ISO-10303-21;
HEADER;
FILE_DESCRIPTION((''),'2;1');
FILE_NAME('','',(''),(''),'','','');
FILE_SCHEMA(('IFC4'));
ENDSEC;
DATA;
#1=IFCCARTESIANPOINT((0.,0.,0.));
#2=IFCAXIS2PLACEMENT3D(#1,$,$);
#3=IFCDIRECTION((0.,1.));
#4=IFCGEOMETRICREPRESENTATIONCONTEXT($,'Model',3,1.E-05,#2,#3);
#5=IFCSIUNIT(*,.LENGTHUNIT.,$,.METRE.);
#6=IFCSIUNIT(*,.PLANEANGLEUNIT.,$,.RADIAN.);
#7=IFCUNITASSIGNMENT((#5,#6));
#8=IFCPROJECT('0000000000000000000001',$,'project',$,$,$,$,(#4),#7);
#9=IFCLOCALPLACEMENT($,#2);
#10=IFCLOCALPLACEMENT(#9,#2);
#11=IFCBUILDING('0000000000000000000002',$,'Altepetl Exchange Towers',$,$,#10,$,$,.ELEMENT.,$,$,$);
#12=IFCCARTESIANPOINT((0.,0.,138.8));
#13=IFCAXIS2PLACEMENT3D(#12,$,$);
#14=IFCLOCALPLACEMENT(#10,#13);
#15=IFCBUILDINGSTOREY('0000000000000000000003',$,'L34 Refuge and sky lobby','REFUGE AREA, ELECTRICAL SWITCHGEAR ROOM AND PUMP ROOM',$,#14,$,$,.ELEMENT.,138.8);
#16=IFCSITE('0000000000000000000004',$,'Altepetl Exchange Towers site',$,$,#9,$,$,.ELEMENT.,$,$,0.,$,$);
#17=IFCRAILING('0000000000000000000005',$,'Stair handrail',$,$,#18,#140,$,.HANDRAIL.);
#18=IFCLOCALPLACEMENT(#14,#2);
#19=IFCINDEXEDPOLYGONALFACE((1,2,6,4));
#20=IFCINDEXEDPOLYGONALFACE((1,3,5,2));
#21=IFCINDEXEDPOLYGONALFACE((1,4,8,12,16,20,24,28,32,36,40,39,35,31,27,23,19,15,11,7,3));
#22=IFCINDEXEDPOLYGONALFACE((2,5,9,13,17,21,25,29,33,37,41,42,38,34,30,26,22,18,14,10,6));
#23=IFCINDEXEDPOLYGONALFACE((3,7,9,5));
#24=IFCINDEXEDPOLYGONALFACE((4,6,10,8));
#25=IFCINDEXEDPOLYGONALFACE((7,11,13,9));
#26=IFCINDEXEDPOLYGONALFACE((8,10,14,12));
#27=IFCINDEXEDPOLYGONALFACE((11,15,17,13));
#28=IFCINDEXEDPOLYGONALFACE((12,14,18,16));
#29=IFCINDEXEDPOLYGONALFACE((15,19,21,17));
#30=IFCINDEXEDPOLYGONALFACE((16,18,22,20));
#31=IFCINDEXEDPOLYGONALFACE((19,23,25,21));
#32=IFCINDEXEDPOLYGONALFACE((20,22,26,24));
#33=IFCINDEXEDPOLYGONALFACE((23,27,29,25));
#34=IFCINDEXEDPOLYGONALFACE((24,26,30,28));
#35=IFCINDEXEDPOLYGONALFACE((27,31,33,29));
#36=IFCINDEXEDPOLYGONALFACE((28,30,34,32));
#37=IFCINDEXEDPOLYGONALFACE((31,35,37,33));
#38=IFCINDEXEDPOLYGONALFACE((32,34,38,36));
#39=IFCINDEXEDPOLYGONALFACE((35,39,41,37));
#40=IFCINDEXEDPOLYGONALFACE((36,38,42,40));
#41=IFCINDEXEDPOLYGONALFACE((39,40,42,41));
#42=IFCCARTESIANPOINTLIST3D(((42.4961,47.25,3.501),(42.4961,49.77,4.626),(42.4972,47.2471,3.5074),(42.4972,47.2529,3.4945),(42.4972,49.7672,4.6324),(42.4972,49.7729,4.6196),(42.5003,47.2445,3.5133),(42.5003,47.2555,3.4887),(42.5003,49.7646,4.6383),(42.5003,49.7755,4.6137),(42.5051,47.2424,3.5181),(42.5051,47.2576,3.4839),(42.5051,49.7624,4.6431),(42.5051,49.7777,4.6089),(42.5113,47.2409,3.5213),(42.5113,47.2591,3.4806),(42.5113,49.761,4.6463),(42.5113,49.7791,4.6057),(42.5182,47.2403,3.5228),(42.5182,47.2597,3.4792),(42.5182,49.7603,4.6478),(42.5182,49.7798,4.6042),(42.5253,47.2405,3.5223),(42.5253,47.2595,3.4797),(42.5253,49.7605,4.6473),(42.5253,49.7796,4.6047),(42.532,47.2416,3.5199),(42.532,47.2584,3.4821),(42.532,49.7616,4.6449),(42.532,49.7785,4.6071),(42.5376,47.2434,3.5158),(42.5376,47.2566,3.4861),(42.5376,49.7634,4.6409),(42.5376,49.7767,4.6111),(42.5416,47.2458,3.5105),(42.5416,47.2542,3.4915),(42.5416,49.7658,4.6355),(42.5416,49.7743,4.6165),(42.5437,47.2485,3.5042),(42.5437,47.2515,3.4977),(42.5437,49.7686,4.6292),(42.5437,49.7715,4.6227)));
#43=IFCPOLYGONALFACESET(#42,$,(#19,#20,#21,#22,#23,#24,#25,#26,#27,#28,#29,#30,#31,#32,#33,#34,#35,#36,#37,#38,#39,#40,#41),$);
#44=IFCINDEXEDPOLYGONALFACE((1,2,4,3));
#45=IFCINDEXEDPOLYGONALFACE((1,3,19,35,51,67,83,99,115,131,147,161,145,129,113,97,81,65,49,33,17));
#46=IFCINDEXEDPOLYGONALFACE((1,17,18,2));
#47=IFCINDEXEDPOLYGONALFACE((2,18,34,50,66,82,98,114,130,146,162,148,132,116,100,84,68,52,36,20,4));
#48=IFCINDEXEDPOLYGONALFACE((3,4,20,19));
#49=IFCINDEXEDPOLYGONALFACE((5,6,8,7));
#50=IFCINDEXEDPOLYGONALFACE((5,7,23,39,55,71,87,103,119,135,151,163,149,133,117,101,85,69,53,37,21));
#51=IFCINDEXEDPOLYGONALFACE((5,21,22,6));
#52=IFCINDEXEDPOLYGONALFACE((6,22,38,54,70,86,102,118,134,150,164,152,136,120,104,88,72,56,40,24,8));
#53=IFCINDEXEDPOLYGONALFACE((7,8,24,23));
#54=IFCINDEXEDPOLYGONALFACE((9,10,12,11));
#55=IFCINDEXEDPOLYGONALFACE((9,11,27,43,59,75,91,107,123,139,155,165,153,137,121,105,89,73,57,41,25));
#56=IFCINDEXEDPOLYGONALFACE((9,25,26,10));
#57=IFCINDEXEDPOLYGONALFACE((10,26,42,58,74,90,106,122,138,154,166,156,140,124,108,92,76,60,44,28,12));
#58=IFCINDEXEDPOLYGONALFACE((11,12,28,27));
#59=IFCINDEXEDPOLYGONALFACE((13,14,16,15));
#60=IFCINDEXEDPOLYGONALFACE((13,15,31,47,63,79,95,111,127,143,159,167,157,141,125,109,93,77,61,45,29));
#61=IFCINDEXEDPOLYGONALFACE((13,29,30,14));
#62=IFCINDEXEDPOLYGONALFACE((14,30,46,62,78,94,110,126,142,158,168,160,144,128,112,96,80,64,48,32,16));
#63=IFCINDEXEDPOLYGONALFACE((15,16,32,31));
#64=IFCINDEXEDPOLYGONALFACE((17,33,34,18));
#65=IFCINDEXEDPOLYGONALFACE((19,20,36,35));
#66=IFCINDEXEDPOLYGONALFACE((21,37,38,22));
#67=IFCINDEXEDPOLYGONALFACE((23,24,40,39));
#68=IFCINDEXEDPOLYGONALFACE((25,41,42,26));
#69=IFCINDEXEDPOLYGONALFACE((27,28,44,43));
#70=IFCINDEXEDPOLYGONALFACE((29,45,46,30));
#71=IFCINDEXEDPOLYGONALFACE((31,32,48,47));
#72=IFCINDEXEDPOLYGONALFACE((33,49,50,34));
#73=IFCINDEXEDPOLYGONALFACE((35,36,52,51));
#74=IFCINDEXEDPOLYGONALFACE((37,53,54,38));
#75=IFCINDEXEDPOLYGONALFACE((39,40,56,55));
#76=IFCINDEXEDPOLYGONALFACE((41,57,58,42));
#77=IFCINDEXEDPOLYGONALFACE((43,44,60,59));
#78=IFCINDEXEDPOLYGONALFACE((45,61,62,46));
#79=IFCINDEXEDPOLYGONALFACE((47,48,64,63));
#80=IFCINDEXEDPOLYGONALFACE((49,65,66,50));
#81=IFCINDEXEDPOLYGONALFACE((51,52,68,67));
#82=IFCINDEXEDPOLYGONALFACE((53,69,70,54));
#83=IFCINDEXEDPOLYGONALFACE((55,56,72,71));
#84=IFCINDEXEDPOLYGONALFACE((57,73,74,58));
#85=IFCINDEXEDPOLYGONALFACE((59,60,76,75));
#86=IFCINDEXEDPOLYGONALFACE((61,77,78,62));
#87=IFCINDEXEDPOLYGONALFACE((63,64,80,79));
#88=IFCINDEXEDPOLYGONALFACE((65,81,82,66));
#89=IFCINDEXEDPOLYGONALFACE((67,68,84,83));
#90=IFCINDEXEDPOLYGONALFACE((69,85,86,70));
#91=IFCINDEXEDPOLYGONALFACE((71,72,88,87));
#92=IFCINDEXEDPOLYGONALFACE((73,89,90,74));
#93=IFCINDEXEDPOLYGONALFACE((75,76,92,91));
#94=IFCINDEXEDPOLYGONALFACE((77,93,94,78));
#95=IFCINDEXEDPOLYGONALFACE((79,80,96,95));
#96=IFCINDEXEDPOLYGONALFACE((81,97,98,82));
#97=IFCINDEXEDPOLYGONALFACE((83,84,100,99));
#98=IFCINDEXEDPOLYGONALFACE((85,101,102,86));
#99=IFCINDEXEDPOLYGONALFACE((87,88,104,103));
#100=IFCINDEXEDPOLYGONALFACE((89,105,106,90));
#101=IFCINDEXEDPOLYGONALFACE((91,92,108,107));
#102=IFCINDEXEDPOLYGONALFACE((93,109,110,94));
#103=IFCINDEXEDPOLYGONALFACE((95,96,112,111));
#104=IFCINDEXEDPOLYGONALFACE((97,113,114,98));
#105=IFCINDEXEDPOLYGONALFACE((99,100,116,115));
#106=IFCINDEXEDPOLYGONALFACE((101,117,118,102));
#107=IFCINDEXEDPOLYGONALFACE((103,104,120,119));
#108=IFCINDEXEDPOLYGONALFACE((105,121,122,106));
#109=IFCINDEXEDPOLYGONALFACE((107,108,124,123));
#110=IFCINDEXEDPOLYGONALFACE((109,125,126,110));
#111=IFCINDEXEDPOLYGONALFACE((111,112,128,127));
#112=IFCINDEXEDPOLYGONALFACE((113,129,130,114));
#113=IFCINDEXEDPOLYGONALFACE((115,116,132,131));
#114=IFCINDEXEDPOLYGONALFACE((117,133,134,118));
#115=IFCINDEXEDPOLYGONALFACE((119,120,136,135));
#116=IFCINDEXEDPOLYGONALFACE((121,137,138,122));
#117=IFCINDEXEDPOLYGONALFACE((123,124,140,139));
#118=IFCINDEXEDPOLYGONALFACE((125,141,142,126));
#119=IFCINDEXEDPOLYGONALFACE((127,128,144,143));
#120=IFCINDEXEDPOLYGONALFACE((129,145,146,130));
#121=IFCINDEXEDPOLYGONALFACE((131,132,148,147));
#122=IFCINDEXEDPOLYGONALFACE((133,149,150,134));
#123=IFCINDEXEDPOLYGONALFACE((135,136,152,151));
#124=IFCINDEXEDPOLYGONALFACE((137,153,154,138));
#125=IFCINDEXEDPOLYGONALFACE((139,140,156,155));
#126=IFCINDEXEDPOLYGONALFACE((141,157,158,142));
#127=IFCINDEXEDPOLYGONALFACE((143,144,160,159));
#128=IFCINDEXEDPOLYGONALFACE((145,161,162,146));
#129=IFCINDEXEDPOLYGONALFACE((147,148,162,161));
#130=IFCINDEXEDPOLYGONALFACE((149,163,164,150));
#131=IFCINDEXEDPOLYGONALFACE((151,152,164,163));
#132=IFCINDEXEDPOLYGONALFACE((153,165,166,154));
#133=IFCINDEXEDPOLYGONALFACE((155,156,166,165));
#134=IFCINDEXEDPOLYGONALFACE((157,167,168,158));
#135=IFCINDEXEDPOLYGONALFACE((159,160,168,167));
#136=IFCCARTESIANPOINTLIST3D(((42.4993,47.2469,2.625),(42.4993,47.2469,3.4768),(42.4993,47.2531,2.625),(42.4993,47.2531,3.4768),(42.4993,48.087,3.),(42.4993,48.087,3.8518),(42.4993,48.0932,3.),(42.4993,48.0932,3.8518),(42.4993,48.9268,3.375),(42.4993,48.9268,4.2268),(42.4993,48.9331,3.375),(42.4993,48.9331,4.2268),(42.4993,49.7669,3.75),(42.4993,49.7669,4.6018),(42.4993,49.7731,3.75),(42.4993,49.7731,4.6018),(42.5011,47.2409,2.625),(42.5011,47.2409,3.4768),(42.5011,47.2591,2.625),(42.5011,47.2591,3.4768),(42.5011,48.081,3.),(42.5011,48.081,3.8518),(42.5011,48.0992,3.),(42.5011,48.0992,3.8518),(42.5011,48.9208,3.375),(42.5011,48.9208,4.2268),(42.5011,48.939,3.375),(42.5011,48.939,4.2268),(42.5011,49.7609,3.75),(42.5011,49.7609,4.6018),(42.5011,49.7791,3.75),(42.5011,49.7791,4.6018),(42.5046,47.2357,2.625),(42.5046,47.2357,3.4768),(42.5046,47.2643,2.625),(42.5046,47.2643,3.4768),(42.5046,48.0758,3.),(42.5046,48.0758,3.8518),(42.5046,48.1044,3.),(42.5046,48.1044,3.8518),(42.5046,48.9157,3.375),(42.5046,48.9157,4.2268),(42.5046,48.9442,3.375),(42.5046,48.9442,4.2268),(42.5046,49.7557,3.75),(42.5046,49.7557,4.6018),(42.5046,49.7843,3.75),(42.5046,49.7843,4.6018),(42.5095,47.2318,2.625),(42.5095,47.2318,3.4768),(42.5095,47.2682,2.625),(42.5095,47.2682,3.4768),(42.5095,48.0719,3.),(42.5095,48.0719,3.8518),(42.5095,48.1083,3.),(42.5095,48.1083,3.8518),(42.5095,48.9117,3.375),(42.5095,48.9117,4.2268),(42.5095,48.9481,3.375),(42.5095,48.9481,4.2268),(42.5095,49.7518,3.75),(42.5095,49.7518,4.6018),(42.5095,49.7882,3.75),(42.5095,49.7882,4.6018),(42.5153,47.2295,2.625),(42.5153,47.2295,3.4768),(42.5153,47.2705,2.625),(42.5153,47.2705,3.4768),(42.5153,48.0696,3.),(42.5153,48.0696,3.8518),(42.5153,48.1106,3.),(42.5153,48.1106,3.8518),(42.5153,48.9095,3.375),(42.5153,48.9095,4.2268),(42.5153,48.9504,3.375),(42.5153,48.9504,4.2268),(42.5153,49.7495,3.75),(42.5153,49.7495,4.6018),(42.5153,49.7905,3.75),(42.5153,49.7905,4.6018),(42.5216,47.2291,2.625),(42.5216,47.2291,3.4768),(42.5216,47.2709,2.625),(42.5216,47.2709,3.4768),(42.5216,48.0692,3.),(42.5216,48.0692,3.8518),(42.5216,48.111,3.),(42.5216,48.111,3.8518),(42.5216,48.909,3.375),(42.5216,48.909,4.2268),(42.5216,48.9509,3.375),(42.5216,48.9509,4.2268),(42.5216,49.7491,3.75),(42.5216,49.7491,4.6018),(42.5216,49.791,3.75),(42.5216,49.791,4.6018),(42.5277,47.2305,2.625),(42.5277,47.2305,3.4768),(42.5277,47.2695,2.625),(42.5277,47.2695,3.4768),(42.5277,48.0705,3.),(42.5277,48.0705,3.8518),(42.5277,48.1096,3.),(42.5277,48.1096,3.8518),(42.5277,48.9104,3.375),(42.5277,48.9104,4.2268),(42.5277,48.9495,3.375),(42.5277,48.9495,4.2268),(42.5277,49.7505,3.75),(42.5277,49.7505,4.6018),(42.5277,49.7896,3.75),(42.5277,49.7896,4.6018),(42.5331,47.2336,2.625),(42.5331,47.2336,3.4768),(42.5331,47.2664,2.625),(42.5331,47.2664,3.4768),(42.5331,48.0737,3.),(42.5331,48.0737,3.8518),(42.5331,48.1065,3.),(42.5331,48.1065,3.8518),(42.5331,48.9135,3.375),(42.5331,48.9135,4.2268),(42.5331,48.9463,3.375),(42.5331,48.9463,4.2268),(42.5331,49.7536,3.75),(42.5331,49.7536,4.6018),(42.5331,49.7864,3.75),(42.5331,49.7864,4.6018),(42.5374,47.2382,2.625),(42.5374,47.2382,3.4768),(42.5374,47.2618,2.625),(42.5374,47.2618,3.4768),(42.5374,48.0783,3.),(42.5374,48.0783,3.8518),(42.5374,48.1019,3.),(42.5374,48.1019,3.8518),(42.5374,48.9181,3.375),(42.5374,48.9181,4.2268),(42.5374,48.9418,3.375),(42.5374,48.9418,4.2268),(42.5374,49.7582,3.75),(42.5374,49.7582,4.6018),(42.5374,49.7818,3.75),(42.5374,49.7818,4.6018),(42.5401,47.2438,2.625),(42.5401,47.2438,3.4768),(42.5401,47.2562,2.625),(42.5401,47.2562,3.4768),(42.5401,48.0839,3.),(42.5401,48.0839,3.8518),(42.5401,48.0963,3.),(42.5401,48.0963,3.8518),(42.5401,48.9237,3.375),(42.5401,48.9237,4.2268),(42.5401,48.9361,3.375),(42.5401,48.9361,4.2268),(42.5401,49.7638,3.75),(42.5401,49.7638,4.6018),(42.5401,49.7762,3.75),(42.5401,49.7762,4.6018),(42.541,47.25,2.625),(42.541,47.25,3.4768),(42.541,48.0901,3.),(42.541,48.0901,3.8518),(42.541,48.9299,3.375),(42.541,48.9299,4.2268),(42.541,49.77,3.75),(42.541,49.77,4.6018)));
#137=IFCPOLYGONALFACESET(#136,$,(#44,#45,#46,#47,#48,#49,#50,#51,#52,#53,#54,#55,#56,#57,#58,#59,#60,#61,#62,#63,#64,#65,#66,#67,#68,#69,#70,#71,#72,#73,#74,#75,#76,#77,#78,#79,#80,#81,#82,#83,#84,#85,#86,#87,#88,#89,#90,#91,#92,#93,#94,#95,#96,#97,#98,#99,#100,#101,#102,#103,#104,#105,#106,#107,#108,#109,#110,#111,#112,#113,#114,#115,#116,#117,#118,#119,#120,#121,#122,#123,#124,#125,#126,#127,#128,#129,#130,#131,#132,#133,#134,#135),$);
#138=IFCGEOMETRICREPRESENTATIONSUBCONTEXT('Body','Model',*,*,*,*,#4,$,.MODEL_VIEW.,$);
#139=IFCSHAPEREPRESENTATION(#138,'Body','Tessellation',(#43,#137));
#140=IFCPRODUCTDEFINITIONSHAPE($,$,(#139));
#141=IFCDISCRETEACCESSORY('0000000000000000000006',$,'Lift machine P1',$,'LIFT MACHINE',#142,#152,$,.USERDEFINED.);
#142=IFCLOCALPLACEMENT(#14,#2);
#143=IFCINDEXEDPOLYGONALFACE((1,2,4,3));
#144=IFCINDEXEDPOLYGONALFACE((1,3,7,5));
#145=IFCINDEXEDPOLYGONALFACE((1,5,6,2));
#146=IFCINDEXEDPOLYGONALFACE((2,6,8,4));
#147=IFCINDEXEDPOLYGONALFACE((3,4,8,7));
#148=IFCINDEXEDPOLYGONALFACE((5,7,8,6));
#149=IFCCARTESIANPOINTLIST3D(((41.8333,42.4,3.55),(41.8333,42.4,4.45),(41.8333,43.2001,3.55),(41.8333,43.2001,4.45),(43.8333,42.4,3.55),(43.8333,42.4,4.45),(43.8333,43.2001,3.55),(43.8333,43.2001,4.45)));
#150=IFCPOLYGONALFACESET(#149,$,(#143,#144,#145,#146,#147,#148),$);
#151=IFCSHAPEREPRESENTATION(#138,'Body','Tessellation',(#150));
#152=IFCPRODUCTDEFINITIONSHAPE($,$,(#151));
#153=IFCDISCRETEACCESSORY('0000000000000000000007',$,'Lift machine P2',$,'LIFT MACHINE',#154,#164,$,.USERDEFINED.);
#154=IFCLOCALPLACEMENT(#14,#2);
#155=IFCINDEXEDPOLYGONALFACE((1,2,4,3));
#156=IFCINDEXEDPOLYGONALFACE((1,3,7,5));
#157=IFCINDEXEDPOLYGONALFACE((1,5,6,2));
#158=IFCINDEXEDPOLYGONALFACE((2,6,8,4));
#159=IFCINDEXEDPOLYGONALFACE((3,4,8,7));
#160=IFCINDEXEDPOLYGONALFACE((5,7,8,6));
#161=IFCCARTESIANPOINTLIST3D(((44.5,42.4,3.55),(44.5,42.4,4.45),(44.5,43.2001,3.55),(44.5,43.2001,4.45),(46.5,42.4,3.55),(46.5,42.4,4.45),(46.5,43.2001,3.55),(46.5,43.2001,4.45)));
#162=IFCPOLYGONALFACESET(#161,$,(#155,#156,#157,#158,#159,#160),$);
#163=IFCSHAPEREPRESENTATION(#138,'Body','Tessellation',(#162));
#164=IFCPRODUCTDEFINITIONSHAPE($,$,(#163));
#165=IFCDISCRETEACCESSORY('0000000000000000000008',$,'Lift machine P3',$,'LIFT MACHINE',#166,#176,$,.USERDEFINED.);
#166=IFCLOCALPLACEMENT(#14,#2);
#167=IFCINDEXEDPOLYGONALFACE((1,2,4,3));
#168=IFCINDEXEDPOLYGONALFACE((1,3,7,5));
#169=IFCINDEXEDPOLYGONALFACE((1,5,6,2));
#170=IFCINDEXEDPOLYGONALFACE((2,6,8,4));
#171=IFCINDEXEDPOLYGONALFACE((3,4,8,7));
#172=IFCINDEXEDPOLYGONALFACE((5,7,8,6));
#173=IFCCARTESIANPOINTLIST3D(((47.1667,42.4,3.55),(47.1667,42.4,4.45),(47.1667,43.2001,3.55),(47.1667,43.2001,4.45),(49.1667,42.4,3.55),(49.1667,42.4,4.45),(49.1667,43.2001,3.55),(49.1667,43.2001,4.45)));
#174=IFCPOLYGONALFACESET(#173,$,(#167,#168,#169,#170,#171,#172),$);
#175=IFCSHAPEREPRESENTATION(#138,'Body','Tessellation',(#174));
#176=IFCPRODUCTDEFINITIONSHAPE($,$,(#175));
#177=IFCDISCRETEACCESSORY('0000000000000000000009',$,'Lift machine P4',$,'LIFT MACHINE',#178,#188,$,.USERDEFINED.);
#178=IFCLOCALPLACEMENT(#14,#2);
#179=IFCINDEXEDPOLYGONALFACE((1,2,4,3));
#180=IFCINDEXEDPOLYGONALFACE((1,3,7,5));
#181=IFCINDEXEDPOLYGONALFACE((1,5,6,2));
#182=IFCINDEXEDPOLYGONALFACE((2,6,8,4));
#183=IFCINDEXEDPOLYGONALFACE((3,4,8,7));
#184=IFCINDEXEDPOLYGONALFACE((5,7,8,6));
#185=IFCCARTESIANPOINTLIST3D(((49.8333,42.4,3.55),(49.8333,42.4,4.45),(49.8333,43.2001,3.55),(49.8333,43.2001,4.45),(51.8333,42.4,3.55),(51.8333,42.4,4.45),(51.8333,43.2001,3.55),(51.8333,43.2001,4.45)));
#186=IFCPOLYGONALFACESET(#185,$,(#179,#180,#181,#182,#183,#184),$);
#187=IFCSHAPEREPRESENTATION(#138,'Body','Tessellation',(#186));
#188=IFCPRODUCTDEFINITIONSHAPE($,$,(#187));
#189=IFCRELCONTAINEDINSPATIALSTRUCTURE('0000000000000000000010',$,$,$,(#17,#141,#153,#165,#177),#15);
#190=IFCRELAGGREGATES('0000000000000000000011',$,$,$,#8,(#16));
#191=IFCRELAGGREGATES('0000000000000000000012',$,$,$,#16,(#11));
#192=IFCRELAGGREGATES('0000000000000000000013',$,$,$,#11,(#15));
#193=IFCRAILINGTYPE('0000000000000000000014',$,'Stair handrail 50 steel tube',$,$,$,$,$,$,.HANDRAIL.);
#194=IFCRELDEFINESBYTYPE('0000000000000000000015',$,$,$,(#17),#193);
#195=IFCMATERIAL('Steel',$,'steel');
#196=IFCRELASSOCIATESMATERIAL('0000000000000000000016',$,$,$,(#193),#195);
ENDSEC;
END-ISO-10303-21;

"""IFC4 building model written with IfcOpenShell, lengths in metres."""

from ifc_helpers import new_model, si_unit, direction, frame, origin, origin_2d, place, context, subcontext, project, spatial, rectangle, circle, extrude, source, transform, mapped, material, type_object, element, save


model = new_model("IFC4")

# Units and contexts
model_context = context("Model", 3, precision=1e-05, world=origin(), true_north=direction((0.0, 1.0)))
body_context = subcontext(model_context, "Body", "Model", "MODEL_VIEW")
ifc_project = project(units=[si_unit("LENGTHUNIT", "METRE"), si_unit("PLANEANGLEUNIT", "RADIAN")], contexts=[model_context])

# Site, building, storey
site_placement = place(None, origin())
site = spatial("IfcSite", under=ifc_project, at=site_placement, Name="Altepetl Exchange Towers site", CompositionType="ELEMENT", RefElevation=0.0)
building_placement = place(site_placement, origin())
building = spatial("IfcBuilding", under=site, at=building_placement, Name="Altepetl Exchange Towers", CompositionType="ELEMENT")
storey_placement = place(building_placement, frame((0.0, 0.0, 138.8)))
storey = spatial("IfcBuildingStorey", under=building, at=storey_placement, Name="L34 Refuge and sky lobby", Description="REFUGE AREA, ELECTRICAL SWITCHGEAR ROOM AND PUMP ROOM", CompositionType="ELEMENT", Elevation=138.8)

# Railing
ifc_material_1 = material(Name="Steel", Category="steel")
railing_type = type_object("IfcRailingType", Name="Stair handrail 50 steel tube", PredefinedType="HANDRAIL", material=ifc_material_1)
shared_shape = source(origin(), body_context, "Body", "SweptSolid", [
    extrude(circle(Radius=0.021, at=origin_2d()), origin(), (0.0, 0.0, 1.0), 0.8518),
])
railing_1_placement = place(storey_placement, frame((42.52, 47.25, 2.625)))
element("IfcRailing", 1, at=railing_1_placement, inside=storey, type_object=railing_type, Name="Stair handrail", PredefinedType="HANDRAIL", context=body_context, shape_type="SweptSolid", body=[
    extrude(circle(Radius=0.0239, at=origin_2d()), frame((0.0, 0.0, 0.876), z_axis=(0.0, 0.913139, 0.407648), x_axis=(-1.0, 0.0, 0.0)), (0.0, 0.0, 1.0), 2.7598),
    mapped(shared_shape, transform((0.0, 0.0, 0.0))),
    mapped(shared_shape, transform((0.0, 0.8401, 0.375))),
    mapped(shared_shape, transform((0.0, 1.6799, 0.75))),
    mapped(shared_shape, transform((0.0, 2.52, 1.125))),
])

# Discrete accessories
for number, where, name in (
    (2, (42.8333, 42.8, 3.55), "Lift machine P1"),
    (3, (45.5, 42.8, 3.55), "Lift machine P2"),
    (4, (48.1667, 42.8, 3.55), "Lift machine P3"),
    (5, (50.8333, 42.8, 3.55), "Lift machine P4"),
):
    element("IfcDiscreteAccessory", number, at=place(storey_placement, frame(where)), inside=storey, Name=name, ObjectType="LIFT MACHINE", PredefinedType="USERDEFINED", context=body_context, shape_type="SweptSolid", body=[
        extrude(rectangle(XDim=2.0, YDim=0.8, at=origin_2d()), origin(), (0.0, 0.0, 1.0), 0.8999),
    ])

save(model, "model.ifc")
